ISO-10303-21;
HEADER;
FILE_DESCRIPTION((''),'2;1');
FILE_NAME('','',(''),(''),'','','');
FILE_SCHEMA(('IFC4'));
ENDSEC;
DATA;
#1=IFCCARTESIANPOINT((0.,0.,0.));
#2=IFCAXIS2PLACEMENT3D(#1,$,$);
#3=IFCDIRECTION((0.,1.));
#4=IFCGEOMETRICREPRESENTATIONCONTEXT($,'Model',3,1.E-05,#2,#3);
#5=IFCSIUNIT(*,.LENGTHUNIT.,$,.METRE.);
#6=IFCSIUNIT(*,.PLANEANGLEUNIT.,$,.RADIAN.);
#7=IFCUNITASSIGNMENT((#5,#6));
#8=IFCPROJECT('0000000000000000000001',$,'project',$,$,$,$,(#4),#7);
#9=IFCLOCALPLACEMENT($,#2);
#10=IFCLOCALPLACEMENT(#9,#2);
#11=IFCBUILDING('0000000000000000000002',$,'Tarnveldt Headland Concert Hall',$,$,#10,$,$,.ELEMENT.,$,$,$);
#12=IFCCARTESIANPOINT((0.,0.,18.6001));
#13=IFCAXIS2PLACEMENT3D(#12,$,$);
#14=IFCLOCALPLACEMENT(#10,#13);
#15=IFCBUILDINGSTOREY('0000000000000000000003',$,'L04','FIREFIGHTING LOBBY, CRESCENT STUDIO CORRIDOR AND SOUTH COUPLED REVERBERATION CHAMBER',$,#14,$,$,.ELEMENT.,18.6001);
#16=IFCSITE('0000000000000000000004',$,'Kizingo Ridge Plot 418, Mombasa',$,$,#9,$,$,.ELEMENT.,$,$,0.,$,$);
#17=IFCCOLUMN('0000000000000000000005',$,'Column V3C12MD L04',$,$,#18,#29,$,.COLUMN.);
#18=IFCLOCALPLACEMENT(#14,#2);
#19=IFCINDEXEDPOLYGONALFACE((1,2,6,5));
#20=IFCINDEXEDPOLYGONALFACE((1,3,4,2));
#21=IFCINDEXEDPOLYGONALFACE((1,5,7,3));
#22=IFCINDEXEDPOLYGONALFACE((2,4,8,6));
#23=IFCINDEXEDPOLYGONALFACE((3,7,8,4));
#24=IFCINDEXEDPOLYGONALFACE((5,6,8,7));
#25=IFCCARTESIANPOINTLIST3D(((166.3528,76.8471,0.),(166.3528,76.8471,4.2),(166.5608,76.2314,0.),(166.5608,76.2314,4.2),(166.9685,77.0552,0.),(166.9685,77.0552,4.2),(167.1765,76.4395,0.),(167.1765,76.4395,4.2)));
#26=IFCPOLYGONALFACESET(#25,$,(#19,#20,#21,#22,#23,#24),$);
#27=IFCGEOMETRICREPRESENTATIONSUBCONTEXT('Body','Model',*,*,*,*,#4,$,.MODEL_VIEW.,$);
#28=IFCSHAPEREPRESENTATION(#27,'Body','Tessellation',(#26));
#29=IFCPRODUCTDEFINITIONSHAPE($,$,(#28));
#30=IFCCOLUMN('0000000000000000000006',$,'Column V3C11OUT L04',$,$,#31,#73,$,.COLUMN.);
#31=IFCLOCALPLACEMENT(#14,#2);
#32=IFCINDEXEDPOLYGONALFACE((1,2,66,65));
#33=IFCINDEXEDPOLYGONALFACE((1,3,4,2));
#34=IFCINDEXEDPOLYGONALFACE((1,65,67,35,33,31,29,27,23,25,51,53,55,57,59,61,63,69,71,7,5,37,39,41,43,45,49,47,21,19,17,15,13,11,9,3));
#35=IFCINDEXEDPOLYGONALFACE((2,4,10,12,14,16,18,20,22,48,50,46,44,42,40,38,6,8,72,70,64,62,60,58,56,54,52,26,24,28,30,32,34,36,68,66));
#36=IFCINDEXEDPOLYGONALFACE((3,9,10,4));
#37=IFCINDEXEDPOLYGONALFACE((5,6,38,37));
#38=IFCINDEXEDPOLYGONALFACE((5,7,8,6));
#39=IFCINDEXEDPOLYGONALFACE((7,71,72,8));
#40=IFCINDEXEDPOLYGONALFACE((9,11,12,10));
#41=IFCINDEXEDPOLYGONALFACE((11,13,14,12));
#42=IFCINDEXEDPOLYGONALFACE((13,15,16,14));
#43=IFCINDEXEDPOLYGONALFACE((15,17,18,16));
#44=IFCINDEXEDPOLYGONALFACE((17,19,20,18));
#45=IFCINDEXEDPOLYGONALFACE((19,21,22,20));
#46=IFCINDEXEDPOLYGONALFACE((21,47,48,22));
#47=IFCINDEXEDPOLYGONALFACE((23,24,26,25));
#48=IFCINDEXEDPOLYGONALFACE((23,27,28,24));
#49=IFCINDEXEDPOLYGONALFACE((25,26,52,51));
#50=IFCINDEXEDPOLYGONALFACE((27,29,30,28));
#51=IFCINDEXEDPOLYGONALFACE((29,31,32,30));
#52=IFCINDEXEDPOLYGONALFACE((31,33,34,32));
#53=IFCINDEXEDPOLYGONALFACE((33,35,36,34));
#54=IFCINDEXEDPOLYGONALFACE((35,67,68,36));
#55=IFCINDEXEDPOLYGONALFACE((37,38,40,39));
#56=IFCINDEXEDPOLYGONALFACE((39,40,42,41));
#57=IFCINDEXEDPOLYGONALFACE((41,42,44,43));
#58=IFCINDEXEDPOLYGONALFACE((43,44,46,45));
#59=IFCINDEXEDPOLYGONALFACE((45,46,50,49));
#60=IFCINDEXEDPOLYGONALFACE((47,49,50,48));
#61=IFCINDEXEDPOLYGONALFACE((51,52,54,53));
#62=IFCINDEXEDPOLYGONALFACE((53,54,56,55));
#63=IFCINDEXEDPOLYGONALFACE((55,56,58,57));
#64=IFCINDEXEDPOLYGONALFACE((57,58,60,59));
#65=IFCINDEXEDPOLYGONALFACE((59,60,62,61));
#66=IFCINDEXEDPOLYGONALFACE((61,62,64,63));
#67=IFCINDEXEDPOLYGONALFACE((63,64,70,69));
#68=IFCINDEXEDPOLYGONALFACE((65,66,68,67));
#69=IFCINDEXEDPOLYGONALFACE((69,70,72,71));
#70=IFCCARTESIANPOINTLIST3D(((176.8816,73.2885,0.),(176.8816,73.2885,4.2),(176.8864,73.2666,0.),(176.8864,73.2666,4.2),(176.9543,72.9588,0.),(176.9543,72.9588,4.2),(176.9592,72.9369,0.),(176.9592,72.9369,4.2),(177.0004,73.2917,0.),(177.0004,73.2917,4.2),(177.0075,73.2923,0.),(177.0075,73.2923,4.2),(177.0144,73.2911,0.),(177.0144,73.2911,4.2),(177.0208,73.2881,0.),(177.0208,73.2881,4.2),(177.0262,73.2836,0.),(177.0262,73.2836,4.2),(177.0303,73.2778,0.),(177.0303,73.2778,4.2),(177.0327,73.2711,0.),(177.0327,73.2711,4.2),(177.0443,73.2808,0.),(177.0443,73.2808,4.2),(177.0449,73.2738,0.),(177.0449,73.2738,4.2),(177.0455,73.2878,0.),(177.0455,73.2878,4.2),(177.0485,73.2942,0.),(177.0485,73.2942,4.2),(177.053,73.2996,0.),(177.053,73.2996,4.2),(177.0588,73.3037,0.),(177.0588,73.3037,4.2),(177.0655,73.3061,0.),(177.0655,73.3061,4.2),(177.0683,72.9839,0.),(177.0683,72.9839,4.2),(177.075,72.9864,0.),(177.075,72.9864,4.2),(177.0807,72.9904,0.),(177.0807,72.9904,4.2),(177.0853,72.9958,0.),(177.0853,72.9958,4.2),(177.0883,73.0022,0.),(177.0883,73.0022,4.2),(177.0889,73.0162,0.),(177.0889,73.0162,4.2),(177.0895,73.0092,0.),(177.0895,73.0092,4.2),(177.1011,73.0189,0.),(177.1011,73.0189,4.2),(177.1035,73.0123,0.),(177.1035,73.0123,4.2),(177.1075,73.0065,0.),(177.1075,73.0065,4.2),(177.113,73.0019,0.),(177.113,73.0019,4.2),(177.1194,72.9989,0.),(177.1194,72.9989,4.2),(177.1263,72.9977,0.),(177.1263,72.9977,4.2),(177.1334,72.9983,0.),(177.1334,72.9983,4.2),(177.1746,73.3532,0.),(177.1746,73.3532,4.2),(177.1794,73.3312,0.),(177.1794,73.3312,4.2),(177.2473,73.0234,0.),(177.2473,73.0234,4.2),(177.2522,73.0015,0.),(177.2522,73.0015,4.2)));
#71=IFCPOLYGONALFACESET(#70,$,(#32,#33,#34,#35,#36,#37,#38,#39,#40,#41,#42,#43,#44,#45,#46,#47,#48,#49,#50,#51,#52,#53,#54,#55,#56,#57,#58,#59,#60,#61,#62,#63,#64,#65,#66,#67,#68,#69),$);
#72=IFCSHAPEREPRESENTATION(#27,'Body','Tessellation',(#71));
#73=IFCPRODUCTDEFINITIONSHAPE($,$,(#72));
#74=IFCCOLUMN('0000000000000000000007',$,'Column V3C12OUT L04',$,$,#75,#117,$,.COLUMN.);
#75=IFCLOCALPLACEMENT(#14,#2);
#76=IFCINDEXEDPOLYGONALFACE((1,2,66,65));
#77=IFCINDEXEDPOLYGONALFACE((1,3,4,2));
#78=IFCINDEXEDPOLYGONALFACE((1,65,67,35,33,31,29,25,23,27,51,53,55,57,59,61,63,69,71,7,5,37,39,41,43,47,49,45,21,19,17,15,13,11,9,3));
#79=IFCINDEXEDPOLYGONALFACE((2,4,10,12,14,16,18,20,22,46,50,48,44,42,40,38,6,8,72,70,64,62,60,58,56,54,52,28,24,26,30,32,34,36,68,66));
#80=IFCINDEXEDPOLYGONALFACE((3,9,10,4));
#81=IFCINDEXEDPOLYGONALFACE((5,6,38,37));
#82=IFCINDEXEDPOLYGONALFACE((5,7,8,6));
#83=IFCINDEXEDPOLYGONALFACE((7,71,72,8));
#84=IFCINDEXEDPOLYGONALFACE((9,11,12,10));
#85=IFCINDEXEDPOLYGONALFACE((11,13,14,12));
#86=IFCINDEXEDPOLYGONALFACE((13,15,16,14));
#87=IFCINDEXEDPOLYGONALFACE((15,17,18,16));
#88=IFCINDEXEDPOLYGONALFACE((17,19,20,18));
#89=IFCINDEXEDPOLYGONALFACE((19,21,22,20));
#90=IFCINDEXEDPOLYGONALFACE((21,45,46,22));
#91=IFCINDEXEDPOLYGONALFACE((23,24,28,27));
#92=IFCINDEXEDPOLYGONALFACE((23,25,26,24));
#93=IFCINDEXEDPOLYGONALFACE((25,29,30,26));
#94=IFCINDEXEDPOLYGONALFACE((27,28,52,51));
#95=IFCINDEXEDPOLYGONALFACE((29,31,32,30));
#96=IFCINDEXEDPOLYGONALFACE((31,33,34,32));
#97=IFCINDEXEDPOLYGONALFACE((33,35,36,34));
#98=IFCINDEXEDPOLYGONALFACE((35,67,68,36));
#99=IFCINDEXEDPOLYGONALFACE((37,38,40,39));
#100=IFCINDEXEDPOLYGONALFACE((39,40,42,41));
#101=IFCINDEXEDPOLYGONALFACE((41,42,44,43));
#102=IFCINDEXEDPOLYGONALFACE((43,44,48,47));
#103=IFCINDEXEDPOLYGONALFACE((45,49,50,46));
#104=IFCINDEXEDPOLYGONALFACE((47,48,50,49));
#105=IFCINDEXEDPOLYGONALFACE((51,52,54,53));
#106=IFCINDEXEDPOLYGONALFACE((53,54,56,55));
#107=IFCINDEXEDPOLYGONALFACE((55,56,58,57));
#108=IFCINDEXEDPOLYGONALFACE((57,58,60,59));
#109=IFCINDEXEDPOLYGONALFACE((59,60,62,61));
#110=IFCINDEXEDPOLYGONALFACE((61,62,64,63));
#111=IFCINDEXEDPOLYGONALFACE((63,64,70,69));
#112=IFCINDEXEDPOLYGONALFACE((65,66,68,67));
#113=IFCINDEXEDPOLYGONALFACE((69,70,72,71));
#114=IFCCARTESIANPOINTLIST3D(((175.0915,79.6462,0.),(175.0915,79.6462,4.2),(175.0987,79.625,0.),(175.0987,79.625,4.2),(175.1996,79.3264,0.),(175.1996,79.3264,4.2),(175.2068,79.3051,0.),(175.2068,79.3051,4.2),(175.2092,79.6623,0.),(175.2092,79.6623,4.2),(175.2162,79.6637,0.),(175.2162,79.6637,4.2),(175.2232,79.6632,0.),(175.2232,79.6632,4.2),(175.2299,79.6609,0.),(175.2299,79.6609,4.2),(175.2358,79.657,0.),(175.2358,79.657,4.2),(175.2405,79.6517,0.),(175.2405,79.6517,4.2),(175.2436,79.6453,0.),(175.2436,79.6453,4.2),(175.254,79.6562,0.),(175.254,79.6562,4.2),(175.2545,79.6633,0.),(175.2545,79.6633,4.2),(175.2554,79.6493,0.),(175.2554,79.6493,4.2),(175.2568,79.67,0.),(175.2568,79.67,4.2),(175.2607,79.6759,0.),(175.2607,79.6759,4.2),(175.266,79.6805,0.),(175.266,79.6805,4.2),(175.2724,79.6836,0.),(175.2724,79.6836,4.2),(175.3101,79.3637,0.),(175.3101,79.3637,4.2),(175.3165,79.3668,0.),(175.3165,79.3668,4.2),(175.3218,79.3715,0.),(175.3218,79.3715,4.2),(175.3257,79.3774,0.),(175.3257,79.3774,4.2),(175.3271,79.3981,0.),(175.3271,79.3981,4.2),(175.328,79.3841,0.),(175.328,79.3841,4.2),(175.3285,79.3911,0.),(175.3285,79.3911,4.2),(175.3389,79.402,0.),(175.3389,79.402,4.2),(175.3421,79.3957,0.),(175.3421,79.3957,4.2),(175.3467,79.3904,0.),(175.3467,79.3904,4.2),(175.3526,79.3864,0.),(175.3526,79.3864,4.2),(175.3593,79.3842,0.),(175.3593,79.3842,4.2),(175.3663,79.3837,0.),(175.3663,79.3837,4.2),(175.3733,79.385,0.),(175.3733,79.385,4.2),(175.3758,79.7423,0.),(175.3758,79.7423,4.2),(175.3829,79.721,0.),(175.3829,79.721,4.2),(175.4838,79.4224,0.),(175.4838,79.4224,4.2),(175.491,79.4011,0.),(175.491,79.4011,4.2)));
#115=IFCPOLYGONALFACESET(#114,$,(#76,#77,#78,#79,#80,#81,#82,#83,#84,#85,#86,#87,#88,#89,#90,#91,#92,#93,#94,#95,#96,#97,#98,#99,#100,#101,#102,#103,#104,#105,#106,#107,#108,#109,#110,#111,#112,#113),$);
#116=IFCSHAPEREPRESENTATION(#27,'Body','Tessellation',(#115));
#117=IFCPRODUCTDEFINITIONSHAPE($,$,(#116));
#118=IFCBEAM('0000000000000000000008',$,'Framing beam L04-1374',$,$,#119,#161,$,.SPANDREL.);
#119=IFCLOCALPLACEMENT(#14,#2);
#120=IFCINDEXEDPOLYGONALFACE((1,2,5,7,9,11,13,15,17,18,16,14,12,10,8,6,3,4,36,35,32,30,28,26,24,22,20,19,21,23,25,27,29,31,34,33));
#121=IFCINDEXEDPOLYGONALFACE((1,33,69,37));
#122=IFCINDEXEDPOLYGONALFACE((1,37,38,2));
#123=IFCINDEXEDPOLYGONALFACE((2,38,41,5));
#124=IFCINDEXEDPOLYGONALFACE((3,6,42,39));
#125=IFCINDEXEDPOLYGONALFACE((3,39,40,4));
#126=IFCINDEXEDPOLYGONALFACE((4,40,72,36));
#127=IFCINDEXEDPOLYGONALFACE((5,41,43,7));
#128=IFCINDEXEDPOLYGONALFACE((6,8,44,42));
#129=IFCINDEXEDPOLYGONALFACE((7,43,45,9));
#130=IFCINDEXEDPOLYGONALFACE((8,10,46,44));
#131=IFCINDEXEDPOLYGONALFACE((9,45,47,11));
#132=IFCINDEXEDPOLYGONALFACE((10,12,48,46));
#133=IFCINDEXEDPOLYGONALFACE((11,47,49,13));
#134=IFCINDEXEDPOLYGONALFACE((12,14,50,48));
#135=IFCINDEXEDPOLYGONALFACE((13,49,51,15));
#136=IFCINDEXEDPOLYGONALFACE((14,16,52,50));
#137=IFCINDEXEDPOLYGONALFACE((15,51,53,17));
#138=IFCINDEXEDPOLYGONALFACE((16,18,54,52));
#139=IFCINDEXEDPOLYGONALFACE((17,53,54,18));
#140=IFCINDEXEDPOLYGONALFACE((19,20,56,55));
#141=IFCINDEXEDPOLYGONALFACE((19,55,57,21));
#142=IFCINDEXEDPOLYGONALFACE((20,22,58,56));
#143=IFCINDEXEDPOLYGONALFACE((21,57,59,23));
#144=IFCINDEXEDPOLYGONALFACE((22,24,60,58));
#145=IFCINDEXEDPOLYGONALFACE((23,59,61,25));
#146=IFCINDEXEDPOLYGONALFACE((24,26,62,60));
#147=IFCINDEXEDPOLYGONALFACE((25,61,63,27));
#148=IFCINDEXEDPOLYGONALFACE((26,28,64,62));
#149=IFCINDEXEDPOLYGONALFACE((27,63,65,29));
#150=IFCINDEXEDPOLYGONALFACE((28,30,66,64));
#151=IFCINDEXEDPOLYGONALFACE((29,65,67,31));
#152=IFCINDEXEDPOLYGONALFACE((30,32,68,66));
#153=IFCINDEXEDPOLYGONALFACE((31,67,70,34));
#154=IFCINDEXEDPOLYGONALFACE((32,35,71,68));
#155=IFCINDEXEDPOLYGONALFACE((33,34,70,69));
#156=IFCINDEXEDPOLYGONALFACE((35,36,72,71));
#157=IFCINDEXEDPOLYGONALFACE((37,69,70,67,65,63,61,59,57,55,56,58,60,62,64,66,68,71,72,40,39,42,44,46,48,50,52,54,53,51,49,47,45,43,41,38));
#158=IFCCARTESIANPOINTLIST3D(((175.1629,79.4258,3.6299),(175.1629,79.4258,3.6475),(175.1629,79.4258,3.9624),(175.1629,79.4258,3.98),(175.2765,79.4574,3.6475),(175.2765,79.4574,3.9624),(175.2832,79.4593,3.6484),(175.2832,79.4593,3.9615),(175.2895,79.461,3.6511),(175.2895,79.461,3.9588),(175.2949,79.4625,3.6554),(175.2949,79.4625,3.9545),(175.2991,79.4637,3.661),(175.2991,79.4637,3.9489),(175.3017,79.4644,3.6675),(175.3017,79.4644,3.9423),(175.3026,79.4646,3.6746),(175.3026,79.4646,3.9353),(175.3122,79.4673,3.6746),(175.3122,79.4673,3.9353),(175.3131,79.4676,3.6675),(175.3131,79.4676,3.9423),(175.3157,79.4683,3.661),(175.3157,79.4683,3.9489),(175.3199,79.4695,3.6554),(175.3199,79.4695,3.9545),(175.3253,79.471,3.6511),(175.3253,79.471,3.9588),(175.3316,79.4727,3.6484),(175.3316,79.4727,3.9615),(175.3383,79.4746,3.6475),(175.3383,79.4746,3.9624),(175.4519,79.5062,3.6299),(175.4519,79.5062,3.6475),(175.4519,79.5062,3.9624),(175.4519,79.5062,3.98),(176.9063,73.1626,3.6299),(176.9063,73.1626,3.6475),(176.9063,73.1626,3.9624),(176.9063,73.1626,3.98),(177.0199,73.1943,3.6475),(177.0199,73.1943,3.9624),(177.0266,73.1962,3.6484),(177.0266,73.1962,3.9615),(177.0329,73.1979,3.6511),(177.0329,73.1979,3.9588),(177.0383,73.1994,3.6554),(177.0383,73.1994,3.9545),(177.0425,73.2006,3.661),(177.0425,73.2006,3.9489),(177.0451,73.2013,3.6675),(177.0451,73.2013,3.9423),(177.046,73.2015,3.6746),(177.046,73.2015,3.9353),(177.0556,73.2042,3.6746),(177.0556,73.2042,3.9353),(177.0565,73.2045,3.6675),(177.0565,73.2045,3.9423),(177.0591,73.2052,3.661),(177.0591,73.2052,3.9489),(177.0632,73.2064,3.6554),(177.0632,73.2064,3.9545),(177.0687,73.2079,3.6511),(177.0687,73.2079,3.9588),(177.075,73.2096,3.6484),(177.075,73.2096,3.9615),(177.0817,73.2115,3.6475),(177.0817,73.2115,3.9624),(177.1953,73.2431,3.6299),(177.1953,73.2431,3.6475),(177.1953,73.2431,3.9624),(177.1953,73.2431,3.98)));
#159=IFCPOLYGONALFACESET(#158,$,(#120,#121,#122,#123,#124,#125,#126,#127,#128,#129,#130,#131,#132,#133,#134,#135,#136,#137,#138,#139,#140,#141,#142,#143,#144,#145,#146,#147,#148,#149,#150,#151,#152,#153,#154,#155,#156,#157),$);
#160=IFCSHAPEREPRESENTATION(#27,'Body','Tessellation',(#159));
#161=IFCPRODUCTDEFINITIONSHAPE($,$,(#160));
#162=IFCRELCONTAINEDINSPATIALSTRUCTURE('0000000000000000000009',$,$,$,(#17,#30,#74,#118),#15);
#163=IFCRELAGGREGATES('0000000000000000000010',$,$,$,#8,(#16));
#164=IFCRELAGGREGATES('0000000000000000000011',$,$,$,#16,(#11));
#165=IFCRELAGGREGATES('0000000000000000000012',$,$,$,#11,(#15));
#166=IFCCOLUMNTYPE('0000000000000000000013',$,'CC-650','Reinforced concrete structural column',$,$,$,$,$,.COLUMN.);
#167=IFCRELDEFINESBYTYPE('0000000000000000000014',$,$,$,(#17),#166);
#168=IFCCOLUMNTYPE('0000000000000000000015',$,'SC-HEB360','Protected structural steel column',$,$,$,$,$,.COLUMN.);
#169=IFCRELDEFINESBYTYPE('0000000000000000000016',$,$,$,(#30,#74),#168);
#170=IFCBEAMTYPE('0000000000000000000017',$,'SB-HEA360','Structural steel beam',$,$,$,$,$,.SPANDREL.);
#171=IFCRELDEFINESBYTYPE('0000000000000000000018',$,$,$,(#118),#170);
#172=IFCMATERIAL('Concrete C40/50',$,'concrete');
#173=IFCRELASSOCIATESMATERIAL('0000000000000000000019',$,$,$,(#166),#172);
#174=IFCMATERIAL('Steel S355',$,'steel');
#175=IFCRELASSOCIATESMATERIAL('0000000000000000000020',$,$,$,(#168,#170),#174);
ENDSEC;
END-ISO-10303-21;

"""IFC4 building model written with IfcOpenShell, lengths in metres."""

from ifc_helpers import new_model, si_unit, direction, frame, origin, origin_2d, place, context, subcontext, project, spatial, rectangle, i_section, extrude, material, material_profile, profile_set, type_object, element, save


model = new_model("IFC4")

# Units and contexts
model_context = context("Model", 3, precision=1e-05, world=origin(), true_north=direction((0.0, 1.0)))
body_context = subcontext(model_context, "Body", "Model", "MODEL_VIEW")
ifc_project = project(units=[si_unit("LENGTHUNIT", "METRE"), si_unit("PLANEANGLEUNIT", "RADIAN")], contexts=[model_context])

# Site, building, storey
site_placement = place(None, origin())
site = spatial("IfcSite", under=ifc_project, at=site_placement, Name="Kizingo Ridge Plot 418, Mombasa", CompositionType="ELEMENT", RefElevation=0.0)
building_placement = place(site_placement, origin())
building = spatial("IfcBuilding", under=site, at=building_placement, Name="Tarnveldt Headland Concert Hall", CompositionType="ELEMENT")
storey_placement = place(building_placement, frame((0.0, 0.0, 18.6001)))
storey = spatial("IfcBuildingStorey", under=building, at=storey_placement, Name="L04", Description="FIREFIGHTING LOBBY, CRESCENT STUDIO CORRIDOR AND SOUTH COUPLED REVERBERATION CHAMBER", CompositionType="ELEMENT", Elevation=18.6001)

# Columns
ifc_material_1 = material(Name="Concrete C40/50", Category="concrete")
ifc_material_profile_1 = material_profile(ifc_material_1, rectangle(XDim=0.6499, YDim=0.6499, at=origin_2d()), Name="RC 650x650", Category="concrete")
ifc_profile_set_1 = profile_set([ifc_material_profile_1], Name="Concrete C40/50")
column_type_1 = type_object("IfcColumnType", Name="CC-650", Description="Reinforced concrete structural column", PredefinedType="COLUMN", material=ifc_profile_set_1)
column_placement = place(storey_placement, frame((166.7646, 76.6433, 0.0), z_axis=(0.0, 0.0, 1.0), x_axis=(0.947378, 0.320117, 0.0)))
element("IfcColumn", 1, at=column_placement, inside=storey, type_object=column_type_1, Name="Column V3C12MD L04", PredefinedType="COLUMN", context=body_context, shape_type="SweptSolid", body=[
    extrude(rectangle(XDim=0.6499, YDim=0.6499, at=origin_2d()), origin(), (0.0, 0.0, 1.0), 4.2),
])
ifc_material_2 = material(Name="Steel S355", Category="steel")
ifc_material_profile_2 = material_profile(ifc_material_2, i_section(OverallWidth=0.3, OverallDepth=0.3601, WebThickness=0.0125, FlangeThickness=0.0225, FilletRadius=0.0271, at=origin_2d()), Name="HEB360", Category="steel")
ifc_profile_set_2 = profile_set([ifc_material_profile_2], Name="Steel S355")
column_type_2 = type_object("IfcColumnType", Name="SC-HEB360", Description="Protected structural steel column", PredefinedType="COLUMN", material=ifc_profile_set_2)
for number, where, z_axis, x_axis, name in (
    (2, (177.0669, 73.145, 0.0), (0.0, 0.0, 1.0), (0.976522, 0.215417, 0.0), "Column V3C11OUT L04"),
    (3, (175.2913, 79.5237, 0.0), (0.0, 0.0, 1.0), (0.947378, 0.320117, 0.0), "Column V3C12OUT L04"),
):
    element("IfcColumn", number, at=place(storey_placement, frame(where, z_axis=z_axis, x_axis=x_axis)), inside=storey, type_object=column_type_2, Name=name, PredefinedType="COLUMN", context=body_context, shape_type="SweptSolid", body=[
        extrude(i_section(OverallWidth=0.3, OverallDepth=0.3601, WebThickness=0.0125, FlangeThickness=0.0225, FilletRadius=0.0271, at=origin_2d()), origin(), (0.0, 0.0, 1.0), 4.2),
    ])

# Beam
ifc_material_profile_3 = material_profile(ifc_material_2, i_section(OverallWidth=0.3, OverallDepth=0.3501, WebThickness=0.01, FlangeThickness=0.0176, FilletRadius=0.0271, at=origin_2d()), Name="HEA360", Category="steel")
ifc_profile_set_3 = profile_set([ifc_material_profile_3], Name="Steel S355")
beam_type_1 = type_object("IfcBeamType", Name="SB-HEA360", Description="Structural steel beam", PredefinedType="SPANDREL", material=ifc_profile_set_3)
beam_1_placement = place(storey_placement, frame((177.0508, 73.2029, 3.8049), z_axis=(-0.268163, 0.963374, 0.0), x_axis=(-0.963374, -0.268163, 0.0)))
element("IfcBeam", 4, at=beam_1_placement, inside=storey, type_object=beam_type_1, Name="Framing beam L04-1374", PredefinedType="SPANDREL", context=body_context, shape_type="SweptSolid", body=[
    extrude(i_section(OverallWidth=0.3, OverallDepth=0.3501, WebThickness=0.01, FlangeThickness=0.0176, FilletRadius=0.0271, at=origin_2d()), origin(), (0.0, 0.0, 1.0), 6.5012),
])

save(model, "model.ifc")
